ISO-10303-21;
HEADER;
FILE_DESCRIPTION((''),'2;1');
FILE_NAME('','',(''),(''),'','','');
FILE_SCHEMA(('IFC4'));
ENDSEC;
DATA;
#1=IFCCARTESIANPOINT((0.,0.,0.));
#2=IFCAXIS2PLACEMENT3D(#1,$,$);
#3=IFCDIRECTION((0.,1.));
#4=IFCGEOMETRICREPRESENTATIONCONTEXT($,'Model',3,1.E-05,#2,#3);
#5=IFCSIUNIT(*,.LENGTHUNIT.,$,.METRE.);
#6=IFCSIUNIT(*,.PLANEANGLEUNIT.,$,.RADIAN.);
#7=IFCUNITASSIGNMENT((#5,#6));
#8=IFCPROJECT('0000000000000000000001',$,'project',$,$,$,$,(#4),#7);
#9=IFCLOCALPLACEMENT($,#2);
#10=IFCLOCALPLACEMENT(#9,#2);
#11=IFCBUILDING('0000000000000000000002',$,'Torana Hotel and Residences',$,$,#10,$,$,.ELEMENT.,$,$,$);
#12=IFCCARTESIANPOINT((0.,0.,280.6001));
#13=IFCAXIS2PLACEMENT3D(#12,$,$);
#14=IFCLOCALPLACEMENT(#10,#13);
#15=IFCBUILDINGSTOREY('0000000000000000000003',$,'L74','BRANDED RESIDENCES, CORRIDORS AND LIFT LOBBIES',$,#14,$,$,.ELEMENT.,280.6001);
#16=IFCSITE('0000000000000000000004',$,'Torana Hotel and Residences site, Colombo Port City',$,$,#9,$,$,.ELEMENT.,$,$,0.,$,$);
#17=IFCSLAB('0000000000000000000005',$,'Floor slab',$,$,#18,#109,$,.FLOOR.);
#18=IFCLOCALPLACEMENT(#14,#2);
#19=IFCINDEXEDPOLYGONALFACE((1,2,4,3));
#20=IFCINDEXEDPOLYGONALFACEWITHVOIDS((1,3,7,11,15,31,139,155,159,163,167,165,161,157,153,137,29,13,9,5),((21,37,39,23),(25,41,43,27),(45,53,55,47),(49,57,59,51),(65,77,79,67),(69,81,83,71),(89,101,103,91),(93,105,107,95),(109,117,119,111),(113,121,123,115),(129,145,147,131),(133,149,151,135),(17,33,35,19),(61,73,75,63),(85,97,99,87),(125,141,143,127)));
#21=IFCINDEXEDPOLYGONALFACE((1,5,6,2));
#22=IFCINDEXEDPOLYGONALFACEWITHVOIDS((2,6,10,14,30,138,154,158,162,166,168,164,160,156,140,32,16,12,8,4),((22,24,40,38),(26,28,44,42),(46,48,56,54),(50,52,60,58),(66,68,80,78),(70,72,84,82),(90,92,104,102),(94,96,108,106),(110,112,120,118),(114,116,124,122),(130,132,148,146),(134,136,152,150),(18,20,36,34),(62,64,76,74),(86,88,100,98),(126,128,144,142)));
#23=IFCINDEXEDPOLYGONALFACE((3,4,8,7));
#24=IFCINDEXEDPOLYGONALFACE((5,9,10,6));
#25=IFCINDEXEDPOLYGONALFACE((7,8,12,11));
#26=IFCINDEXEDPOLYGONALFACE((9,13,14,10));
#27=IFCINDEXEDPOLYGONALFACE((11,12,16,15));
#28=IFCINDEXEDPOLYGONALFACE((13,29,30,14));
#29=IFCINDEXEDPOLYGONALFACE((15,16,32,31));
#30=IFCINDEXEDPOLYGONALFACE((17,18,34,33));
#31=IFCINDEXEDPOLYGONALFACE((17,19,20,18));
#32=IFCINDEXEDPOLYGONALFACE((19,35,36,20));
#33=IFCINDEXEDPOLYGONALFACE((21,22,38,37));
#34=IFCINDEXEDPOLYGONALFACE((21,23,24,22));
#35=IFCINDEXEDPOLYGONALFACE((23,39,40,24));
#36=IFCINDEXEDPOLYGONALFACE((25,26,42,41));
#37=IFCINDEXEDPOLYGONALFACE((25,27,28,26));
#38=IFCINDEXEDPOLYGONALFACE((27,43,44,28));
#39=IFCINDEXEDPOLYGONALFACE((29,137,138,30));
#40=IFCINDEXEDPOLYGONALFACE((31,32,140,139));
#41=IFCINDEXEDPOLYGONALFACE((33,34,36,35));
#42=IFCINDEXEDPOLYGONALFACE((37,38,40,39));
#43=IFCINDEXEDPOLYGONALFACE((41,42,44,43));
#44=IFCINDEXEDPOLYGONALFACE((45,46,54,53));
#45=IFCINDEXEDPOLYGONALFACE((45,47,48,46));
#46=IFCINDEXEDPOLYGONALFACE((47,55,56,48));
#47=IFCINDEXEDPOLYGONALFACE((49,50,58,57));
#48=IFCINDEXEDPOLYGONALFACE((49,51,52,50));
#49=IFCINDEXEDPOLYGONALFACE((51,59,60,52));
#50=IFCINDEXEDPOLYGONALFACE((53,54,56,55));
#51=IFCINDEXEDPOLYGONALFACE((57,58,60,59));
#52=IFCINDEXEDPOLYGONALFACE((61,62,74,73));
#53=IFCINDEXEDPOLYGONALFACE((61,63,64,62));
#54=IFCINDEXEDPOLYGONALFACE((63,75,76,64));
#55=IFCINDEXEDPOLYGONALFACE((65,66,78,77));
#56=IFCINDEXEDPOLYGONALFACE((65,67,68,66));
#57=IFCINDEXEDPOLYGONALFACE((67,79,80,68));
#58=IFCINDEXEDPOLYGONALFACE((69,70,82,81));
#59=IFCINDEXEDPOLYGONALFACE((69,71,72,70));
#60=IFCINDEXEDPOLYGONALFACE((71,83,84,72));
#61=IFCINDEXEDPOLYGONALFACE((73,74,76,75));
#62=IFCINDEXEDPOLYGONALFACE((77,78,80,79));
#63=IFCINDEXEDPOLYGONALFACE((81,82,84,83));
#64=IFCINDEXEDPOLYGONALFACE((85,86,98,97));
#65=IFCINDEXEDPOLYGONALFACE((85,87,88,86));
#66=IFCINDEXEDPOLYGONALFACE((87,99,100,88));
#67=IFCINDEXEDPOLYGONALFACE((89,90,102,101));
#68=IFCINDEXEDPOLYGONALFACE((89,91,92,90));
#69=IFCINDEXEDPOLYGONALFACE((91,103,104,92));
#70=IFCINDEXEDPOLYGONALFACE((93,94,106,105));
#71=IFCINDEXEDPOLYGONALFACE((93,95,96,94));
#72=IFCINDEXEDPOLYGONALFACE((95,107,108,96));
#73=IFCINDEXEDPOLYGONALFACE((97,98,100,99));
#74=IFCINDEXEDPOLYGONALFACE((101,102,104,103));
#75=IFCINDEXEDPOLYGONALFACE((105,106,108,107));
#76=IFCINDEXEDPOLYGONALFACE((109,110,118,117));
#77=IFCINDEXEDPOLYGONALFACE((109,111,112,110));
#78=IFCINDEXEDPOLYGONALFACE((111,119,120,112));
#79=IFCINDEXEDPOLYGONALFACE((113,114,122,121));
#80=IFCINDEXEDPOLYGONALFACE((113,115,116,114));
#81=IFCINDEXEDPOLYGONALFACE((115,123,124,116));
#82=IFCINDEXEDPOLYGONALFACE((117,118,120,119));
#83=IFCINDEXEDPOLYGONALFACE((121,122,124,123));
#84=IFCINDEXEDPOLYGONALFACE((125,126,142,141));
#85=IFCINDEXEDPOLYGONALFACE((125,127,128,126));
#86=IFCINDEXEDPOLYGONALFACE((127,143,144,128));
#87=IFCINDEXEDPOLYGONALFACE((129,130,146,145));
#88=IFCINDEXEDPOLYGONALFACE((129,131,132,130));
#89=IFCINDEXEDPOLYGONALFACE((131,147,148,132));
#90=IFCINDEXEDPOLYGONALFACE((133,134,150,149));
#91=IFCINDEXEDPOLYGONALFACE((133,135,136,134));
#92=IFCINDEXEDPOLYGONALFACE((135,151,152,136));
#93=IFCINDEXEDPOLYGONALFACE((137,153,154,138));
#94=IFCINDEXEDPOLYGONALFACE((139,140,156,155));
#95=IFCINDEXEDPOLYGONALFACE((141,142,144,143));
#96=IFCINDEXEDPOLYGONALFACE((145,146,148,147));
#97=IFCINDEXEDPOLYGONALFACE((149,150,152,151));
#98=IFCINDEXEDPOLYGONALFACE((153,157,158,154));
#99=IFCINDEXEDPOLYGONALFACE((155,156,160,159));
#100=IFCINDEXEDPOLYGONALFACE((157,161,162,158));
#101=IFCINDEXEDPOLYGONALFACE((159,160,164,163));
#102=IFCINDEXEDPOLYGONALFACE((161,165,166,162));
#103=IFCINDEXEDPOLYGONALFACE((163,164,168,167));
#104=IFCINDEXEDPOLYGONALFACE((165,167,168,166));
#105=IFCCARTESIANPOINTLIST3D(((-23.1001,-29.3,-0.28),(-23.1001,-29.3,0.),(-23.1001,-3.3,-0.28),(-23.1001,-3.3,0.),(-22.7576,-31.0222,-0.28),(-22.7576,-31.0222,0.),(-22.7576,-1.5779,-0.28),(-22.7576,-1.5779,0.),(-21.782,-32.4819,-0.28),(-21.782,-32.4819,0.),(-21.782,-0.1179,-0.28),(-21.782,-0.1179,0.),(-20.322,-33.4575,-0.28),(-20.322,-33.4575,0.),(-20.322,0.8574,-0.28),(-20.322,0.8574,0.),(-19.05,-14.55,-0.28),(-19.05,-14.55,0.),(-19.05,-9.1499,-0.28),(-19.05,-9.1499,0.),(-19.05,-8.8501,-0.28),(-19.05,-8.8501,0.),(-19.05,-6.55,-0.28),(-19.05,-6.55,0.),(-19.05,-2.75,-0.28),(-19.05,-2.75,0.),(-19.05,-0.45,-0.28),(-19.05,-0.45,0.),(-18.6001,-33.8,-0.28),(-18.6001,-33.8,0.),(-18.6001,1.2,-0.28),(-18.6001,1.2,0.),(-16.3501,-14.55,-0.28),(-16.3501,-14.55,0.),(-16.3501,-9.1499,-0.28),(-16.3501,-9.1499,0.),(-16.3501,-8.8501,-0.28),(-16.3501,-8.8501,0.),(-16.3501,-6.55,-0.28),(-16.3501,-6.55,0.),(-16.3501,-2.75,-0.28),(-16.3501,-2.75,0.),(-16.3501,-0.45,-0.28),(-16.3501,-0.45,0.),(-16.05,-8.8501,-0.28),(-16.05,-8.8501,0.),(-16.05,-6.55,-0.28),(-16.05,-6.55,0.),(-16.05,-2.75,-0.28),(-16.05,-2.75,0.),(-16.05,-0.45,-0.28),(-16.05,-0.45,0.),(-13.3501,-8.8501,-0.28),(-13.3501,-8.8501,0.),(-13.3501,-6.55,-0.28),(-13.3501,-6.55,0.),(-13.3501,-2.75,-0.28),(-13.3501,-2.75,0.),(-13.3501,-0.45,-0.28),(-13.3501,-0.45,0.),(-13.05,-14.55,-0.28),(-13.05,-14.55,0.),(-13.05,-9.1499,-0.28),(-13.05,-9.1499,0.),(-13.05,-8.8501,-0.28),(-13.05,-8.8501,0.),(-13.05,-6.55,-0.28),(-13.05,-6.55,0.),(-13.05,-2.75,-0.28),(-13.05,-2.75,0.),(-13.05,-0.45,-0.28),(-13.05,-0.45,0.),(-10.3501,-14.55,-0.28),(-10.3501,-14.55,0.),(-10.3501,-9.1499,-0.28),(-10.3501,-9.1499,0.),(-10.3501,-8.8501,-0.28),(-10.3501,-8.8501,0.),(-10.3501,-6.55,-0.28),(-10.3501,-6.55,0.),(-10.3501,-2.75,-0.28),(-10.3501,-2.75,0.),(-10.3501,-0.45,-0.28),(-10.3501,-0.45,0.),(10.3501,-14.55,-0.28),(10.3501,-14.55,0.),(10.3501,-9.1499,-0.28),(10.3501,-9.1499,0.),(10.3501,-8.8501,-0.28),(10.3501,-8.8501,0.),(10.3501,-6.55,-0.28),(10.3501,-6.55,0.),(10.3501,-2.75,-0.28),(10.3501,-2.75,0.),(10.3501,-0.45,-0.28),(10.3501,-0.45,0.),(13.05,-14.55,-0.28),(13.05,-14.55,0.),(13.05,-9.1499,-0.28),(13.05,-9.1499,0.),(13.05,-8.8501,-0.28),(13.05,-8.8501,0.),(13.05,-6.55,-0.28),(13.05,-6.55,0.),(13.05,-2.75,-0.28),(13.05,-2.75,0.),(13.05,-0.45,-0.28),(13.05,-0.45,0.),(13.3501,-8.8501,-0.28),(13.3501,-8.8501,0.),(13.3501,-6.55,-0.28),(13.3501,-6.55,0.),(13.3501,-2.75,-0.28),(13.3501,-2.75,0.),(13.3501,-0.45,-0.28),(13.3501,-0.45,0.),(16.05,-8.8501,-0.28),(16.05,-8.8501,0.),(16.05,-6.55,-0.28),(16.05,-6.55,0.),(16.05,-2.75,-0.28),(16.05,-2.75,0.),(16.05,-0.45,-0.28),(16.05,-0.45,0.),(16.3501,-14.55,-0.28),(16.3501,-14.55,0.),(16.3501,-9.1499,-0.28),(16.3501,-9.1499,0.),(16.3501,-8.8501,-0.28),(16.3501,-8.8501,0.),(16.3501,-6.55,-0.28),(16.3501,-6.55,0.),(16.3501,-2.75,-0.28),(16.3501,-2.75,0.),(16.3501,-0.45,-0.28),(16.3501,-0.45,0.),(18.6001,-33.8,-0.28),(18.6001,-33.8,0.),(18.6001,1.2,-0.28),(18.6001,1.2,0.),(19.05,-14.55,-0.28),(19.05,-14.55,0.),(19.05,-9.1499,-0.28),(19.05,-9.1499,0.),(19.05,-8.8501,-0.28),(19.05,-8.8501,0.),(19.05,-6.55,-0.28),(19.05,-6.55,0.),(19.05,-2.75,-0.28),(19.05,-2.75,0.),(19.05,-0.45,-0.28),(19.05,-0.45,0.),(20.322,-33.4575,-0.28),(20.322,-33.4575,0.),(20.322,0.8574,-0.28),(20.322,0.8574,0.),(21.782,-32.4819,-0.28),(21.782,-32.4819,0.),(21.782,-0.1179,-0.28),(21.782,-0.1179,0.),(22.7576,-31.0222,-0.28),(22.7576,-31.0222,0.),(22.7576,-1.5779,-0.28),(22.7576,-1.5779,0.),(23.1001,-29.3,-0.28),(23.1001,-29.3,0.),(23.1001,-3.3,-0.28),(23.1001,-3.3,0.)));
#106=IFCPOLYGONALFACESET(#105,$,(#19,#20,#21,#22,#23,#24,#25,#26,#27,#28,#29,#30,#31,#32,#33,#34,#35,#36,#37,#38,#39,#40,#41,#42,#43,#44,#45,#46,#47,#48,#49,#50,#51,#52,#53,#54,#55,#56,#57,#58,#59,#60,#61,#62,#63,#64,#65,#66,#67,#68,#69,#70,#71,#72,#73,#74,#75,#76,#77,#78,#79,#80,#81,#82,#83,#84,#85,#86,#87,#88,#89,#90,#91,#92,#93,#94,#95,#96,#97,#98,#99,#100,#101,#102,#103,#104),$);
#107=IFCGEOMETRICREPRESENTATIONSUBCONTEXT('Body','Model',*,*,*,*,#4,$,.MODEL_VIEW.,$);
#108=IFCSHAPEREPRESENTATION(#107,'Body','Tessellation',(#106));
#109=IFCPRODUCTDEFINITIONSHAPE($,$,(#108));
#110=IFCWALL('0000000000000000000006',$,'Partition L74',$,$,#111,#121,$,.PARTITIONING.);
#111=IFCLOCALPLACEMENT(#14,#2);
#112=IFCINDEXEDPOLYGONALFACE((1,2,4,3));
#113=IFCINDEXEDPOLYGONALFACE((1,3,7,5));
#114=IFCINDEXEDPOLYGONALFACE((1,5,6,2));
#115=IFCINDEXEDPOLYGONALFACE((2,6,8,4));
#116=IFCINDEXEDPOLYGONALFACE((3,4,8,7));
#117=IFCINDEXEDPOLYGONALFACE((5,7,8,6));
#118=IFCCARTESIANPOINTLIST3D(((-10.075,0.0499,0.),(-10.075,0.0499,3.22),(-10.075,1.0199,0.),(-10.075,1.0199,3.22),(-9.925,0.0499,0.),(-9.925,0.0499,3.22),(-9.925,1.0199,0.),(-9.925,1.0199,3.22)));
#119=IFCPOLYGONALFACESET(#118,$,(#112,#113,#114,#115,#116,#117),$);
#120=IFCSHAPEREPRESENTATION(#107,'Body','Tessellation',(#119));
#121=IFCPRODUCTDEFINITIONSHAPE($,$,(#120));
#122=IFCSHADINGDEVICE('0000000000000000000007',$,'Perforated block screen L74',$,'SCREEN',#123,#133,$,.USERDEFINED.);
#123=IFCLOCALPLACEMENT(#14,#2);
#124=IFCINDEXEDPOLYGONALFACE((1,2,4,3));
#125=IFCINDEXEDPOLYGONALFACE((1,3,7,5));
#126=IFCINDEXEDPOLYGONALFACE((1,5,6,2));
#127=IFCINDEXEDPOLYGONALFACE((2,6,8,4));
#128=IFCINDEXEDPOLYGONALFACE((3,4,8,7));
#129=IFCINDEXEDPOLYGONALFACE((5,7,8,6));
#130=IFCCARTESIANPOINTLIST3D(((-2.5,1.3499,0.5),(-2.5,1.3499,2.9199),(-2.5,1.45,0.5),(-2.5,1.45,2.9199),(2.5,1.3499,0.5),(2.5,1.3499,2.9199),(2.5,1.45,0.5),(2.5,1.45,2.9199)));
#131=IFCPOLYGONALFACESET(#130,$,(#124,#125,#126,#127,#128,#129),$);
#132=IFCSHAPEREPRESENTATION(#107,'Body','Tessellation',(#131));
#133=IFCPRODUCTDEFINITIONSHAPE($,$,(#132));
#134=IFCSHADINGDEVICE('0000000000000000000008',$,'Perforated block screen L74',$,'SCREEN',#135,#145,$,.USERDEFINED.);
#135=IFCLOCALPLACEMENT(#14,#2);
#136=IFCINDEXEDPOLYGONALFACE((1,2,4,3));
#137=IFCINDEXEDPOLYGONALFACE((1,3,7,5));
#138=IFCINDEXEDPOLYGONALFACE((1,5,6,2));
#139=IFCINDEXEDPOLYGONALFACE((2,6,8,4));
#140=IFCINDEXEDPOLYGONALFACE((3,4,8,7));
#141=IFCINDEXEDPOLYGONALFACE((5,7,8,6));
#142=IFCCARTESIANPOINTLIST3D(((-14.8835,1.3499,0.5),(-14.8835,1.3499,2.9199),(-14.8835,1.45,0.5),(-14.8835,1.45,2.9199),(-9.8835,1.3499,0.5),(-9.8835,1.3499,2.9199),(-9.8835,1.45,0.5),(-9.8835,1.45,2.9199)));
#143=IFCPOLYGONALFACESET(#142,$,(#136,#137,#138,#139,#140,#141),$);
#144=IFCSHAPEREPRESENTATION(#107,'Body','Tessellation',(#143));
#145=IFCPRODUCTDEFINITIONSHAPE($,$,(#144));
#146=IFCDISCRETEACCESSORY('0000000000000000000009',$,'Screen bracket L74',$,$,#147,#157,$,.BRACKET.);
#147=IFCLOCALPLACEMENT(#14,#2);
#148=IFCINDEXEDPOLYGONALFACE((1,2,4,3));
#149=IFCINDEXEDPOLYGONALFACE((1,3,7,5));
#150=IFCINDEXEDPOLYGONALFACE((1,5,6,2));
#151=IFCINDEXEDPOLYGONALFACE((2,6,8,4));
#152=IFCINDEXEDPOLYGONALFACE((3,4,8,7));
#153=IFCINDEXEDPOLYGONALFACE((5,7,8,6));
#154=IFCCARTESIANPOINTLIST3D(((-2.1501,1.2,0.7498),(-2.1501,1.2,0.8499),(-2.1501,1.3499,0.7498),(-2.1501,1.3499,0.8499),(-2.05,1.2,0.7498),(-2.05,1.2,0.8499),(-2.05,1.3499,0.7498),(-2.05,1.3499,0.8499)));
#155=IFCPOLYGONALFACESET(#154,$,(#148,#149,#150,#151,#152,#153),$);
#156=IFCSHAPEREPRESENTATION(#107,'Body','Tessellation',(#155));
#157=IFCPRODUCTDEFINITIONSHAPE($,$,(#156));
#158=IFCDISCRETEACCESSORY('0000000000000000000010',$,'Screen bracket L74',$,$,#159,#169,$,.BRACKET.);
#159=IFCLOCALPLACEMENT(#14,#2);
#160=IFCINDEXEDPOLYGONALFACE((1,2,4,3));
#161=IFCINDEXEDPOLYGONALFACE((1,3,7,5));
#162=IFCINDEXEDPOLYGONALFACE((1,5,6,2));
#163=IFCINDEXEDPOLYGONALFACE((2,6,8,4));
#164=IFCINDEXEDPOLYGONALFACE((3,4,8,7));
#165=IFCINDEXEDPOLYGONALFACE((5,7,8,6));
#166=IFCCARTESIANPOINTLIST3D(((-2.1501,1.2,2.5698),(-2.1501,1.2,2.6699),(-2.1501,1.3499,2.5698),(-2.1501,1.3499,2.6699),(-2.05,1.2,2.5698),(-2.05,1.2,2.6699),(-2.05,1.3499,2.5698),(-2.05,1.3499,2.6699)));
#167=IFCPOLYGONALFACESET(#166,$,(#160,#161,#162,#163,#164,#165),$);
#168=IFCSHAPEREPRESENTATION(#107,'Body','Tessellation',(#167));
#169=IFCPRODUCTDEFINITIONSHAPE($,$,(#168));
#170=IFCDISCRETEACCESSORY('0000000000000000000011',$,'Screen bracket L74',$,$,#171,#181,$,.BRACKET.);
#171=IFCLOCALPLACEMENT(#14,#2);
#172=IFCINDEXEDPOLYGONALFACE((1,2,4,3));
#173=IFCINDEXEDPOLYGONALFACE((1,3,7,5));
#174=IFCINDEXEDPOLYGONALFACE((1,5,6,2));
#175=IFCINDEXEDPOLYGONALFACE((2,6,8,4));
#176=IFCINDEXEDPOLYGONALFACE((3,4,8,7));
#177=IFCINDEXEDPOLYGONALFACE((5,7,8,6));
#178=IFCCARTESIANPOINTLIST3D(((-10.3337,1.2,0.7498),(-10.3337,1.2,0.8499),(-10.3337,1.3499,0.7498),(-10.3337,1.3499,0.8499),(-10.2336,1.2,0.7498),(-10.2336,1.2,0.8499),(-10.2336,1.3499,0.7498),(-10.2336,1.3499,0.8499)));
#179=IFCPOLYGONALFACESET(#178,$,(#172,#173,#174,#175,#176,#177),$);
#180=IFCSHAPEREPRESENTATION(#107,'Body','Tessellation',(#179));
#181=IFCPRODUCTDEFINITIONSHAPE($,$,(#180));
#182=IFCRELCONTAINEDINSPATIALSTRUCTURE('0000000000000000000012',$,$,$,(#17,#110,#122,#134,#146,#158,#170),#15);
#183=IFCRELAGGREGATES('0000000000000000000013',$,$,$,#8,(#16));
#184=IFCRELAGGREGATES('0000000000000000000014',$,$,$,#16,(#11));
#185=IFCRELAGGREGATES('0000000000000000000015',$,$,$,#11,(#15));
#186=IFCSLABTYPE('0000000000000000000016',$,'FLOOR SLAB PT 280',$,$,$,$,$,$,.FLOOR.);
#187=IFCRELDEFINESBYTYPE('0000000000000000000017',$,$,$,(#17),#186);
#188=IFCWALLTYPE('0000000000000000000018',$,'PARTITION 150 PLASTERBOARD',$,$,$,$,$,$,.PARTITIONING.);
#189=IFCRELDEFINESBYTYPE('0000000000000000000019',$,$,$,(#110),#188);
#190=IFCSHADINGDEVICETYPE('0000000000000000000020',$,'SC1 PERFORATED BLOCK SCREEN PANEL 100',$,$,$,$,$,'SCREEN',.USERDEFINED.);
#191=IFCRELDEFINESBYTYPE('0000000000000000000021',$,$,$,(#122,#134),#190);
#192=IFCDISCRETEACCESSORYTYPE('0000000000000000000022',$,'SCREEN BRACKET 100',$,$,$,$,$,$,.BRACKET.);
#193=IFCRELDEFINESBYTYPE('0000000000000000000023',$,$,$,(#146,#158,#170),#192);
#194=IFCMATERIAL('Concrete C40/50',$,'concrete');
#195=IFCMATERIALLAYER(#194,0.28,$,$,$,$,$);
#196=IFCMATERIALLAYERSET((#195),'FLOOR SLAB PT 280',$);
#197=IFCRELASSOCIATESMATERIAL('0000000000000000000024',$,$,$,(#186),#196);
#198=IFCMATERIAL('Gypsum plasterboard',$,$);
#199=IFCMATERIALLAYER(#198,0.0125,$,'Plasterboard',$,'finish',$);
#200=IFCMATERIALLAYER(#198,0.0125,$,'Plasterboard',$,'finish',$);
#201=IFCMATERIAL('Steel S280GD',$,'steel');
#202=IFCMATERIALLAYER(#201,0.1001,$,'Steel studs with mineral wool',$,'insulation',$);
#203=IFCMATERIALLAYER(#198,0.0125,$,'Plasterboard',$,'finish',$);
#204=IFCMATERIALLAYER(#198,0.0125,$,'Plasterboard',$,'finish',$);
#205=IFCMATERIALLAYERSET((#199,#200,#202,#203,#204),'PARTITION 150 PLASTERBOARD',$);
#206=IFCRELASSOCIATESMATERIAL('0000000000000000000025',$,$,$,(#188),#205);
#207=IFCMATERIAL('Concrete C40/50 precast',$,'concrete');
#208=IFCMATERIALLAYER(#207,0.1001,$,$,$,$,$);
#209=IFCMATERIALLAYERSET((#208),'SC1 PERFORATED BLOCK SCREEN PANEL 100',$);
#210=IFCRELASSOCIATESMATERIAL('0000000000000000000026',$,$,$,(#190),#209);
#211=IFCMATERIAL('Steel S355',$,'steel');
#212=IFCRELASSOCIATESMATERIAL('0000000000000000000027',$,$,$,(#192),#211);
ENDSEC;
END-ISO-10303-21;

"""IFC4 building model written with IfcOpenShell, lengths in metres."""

from ifc_helpers import new_model, si_unit, direction, frame, frame_2d, origin, origin_2d, place, context, subcontext, project, spatial, polyline, rectangle, outline, extrude, material, layer, layer_set, type_object, element, save


model = new_model("IFC4")

# Units and contexts
model_context = context("Model", 3, precision=1e-05, world=origin(), true_north=direction((0.0, 1.0)))
body_context = subcontext(model_context, "Body", "Model", "MODEL_VIEW")
ifc_project = project(units=[si_unit("LENGTHUNIT", "METRE"), si_unit("PLANEANGLEUNIT", "RADIAN")], contexts=[model_context])

# Site, building, storey
site_placement = place(None, origin())
site = spatial("IfcSite", under=ifc_project, at=site_placement, Name="Torana Hotel and Residences site, Colombo Port City", CompositionType="ELEMENT", RefElevation=0.0)
building_placement = place(site_placement, origin())
building = spatial("IfcBuilding", under=site, at=building_placement, Name="Torana Hotel and Residences", CompositionType="ELEMENT")
storey_placement = place(building_placement, frame((0.0, 0.0, 280.6001)))
storey = spatial("IfcBuildingStorey", under=building, at=storey_placement, Name="L74", Description="BRANDED RESIDENCES, CORRIDORS AND LIFT LOBBIES", CompositionType="ELEMENT", Elevation=280.6001)

# Slab
ifc_material_1 = material(Name="Concrete C40/50", Category="concrete")
ifc_layer_1 = layer(ifc_material_1, 0.28)
ifc_layer_set_1 = layer_set([ifc_layer_1], Name="FLOOR SLAB PT 280")
slab_type_1 = type_object("IfcSlabType", Name="FLOOR SLAB PT 280", PredefinedType="FLOOR", material=ifc_layer_set_1)
slab_1_placement = place(storey_placement, frame((0.0, 0.0, -0.28)))
element("IfcSlab", 1, at=slab_1_placement, inside=storey, type_object=slab_type_1, Name="Floor slab", PredefinedType="FLOOR", context=body_context, shape_type="SweptSolid", body=[
    extrude(outline(polyline([(23.1001, -3.3), (22.7576, -1.5779), (21.782, -0.1179), (20.322, 0.8574), (18.6001, 1.2), (-18.6001, 1.2), (-20.322, 0.8574), (-21.782, -0.1179), (-22.7576, -1.5779), (-23.1001, -3.3), (-23.1001, -29.3), (-22.7576, -31.0222), (-21.782, -32.4819), (-20.322, -33.4575), (-18.6001, -33.8), (18.6001, -33.8), (20.322, -33.4575), (21.782, -32.4819), (22.7576, -31.0222), (23.1001, -29.3), (23.1001, -3.3)]), holes=[polyline([(-13.05, -14.55), (-10.3501, -14.55), (-10.3501, -9.1499), (-13.05, -9.1499), (-13.05, -14.55)]), polyline([(-19.05, -14.55), (-16.3501, -14.55), (-16.3501, -9.1499), (-19.05, -9.1499), (-19.05, -14.55)]), polyline([(-19.05, -2.75), (-16.3501, -2.75), (-16.3501, -0.45), (-19.05, -0.45), (-19.05, -2.75)]), polyline([(-13.05, -2.75), (-10.3501, -2.75), (-10.3501, -0.45), (-13.05, -0.45), (-13.05, -2.75)]), polyline([(-16.05, -2.75), (-13.3501, -2.75), (-13.3501, -0.45), (-16.05, -0.45), (-16.05, -2.75)]), polyline([(-13.05, -8.8501), (-10.3501, -8.8501), (-10.3501, -6.55), (-13.05, -6.55), (-13.05, -8.8501)]), polyline([(-16.05, -8.8501), (-13.3501, -8.8501), (-13.3501, -6.55), (-16.05, -6.55), (-16.05, -8.8501)]), polyline([(-19.05, -8.8501), (-16.3501, -8.8501), (-16.3501, -6.55), (-19.05, -6.55), (-19.05, -8.8501)]), polyline([(10.3501, -14.55), (13.05, -14.55), (13.05, -9.1499), (10.3501, -9.1499), (10.3501, -14.55)]), polyline([(16.3501, -14.55), (19.05, -14.55), (19.05, -9.1499), (16.3501, -9.1499), (16.3501, -14.55)]), polyline([(16.3501, -2.75), (19.05, -2.75), (19.05, -0.45), (16.3501, -0.45), (16.3501, -2.75)]), polyline([(10.3501, -2.75), (13.05, -2.75), (13.05, -0.45), (10.3501, -0.45), (10.3501, -2.75)]), polyline([(13.3501, -2.75), (16.05, -2.75), (16.05, -0.45), (13.3501, -0.45), (13.3501, -2.75)]), polyline([(10.3501, -8.8501), (13.05, -8.8501), (13.05, -6.55), (10.3501, -6.55), (10.3501, -8.8501)]), polyline([(13.3501, -8.8501), (16.05, -8.8501), (16.05, -6.55), (13.3501, -6.55), (13.3501, -8.8501)]), polyline([(16.3501, -8.8501), (19.05, -8.8501), (19.05, -6.55), (16.3501, -6.55), (16.3501, -8.8501)])]), origin(), (0.0, 0.0, 1.0), 0.28),
])

# Wall
ifc_material_2 = material(Name="Gypsum plasterboard")
ifc_layer_2 = layer(ifc_material_2, 0.0125, Name="Plasterboard", Category="finish")
ifc_layer_3 = layer(ifc_material_2, 0.0125, Name="Plasterboard", Category="finish")
ifc_material_3 = material(Name="Steel S280GD", Category="steel")
ifc_layer_4 = layer(ifc_material_3, 0.1001, Name="Steel studs with mineral wool", Category="insulation")
ifc_layer_5 = layer(ifc_material_2, 0.0125, Name="Plasterboard", Category="finish")
ifc_layer_6 = layer(ifc_material_2, 0.0125, Name="Plasterboard", Category="finish")
ifc_layer_set_2 = layer_set([ifc_layer_2, ifc_layer_3, ifc_layer_4, ifc_layer_5, ifc_layer_6], Name="PARTITION 150 PLASTERBOARD")
wall_type = type_object("IfcWallType", Name="PARTITION 150 PLASTERBOARD", PredefinedType="PARTITIONING", material=ifc_layer_set_2)
wall_placement = place(storey_placement, frame((-10.0, 0.05, 0.0), z_axis=(0.0, 0.0, 1.0), x_axis=(0.0, 1.0, 0.0)))
element("IfcWall", 2, at=wall_placement, inside=storey, type_object=wall_type, Name="Partition L74", PredefinedType="PARTITIONING", context=body_context, shape_type="SweptSolid", body=[
    extrude(rectangle(XDim=0.97, YDim=0.1499, at=frame_2d((0.4849, 0.0))), origin(), (0.0, 0.0, 1.0), 3.22),
])

# Shading devices
ifc_material_4 = material(Name="Concrete C40/50 precast", Category="concrete")
ifc_layer_7 = layer(ifc_material_4, 0.1001)
ifc_layer_set_3 = layer_set([ifc_layer_7], Name="SC1 PERFORATED BLOCK SCREEN PANEL 100")
shading_device_type = type_object("IfcShadingDeviceType", Name="SC1 PERFORATED BLOCK SCREEN PANEL 100", ElementType="SCREEN", PredefinedType="USERDEFINED", material=ifc_layer_set_3)
for number, where, z_axis, x_axis, name in (
    (3, (0.0, 1.3999, 0.5), (0.0, 0.0, 1.0), (-1.0, 0.0, 0.0), "Perforated block screen L74"),
    (4, (-12.3835, 1.3999, 0.5), (0.0, 0.0, 1.0), (-1.0, 0.0, 0.0), "Perforated block screen L74"),
):
    element("IfcShadingDevice", number, at=place(storey_placement, frame(where, z_axis=z_axis, x_axis=x_axis)), inside=storey, type_object=shading_device_type, Name=name, ObjectType="SCREEN", PredefinedType="USERDEFINED", context=body_context, shape_type="SweptSolid", body=[
        extrude(rectangle(XDim=5.0, YDim=0.1001, at=origin_2d()), origin(), (0.0, 0.0, 1.0), 2.4199),
    ])

# Discrete accessories
ifc_material_5 = material(Name="Steel S355", Category="steel")
discrete_accessory_type = type_object("IfcDiscreteAccessoryType", Name="SCREEN BRACKET 100", PredefinedType="BRACKET", material=ifc_material_5)
for number, where, z_axis, x_axis, name in (
    (5, (-2.1001, 1.2749, 0.7498), (0.0, 0.0, 1.0), (-1.0, 0.0, 0.0), "Screen bracket L74"),
    (6, (-2.1001, 1.2749, 2.5698), (0.0, 0.0, 1.0), (-1.0, 0.0, 0.0), "Screen bracket L74"),
    (7, (-10.2837, 1.2749, 0.7498), (0.0, 0.0, 1.0), (-1.0, 0.0, 0.0), "Screen bracket L74"),
):
    element("IfcDiscreteAccessory", number, at=place(storey_placement, frame(where, z_axis=z_axis, x_axis=x_axis)), inside=storey, type_object=discrete_accessory_type, Name=name, PredefinedType="BRACKET", context=body_context, shape_type="SweptSolid", body=[
        extrude(rectangle(XDim=0.1001, YDim=0.1499, at=origin_2d()), origin(), (0.0, 0.0, 1.0), 0.1001),
    ])

save(model, "model.ifc")
